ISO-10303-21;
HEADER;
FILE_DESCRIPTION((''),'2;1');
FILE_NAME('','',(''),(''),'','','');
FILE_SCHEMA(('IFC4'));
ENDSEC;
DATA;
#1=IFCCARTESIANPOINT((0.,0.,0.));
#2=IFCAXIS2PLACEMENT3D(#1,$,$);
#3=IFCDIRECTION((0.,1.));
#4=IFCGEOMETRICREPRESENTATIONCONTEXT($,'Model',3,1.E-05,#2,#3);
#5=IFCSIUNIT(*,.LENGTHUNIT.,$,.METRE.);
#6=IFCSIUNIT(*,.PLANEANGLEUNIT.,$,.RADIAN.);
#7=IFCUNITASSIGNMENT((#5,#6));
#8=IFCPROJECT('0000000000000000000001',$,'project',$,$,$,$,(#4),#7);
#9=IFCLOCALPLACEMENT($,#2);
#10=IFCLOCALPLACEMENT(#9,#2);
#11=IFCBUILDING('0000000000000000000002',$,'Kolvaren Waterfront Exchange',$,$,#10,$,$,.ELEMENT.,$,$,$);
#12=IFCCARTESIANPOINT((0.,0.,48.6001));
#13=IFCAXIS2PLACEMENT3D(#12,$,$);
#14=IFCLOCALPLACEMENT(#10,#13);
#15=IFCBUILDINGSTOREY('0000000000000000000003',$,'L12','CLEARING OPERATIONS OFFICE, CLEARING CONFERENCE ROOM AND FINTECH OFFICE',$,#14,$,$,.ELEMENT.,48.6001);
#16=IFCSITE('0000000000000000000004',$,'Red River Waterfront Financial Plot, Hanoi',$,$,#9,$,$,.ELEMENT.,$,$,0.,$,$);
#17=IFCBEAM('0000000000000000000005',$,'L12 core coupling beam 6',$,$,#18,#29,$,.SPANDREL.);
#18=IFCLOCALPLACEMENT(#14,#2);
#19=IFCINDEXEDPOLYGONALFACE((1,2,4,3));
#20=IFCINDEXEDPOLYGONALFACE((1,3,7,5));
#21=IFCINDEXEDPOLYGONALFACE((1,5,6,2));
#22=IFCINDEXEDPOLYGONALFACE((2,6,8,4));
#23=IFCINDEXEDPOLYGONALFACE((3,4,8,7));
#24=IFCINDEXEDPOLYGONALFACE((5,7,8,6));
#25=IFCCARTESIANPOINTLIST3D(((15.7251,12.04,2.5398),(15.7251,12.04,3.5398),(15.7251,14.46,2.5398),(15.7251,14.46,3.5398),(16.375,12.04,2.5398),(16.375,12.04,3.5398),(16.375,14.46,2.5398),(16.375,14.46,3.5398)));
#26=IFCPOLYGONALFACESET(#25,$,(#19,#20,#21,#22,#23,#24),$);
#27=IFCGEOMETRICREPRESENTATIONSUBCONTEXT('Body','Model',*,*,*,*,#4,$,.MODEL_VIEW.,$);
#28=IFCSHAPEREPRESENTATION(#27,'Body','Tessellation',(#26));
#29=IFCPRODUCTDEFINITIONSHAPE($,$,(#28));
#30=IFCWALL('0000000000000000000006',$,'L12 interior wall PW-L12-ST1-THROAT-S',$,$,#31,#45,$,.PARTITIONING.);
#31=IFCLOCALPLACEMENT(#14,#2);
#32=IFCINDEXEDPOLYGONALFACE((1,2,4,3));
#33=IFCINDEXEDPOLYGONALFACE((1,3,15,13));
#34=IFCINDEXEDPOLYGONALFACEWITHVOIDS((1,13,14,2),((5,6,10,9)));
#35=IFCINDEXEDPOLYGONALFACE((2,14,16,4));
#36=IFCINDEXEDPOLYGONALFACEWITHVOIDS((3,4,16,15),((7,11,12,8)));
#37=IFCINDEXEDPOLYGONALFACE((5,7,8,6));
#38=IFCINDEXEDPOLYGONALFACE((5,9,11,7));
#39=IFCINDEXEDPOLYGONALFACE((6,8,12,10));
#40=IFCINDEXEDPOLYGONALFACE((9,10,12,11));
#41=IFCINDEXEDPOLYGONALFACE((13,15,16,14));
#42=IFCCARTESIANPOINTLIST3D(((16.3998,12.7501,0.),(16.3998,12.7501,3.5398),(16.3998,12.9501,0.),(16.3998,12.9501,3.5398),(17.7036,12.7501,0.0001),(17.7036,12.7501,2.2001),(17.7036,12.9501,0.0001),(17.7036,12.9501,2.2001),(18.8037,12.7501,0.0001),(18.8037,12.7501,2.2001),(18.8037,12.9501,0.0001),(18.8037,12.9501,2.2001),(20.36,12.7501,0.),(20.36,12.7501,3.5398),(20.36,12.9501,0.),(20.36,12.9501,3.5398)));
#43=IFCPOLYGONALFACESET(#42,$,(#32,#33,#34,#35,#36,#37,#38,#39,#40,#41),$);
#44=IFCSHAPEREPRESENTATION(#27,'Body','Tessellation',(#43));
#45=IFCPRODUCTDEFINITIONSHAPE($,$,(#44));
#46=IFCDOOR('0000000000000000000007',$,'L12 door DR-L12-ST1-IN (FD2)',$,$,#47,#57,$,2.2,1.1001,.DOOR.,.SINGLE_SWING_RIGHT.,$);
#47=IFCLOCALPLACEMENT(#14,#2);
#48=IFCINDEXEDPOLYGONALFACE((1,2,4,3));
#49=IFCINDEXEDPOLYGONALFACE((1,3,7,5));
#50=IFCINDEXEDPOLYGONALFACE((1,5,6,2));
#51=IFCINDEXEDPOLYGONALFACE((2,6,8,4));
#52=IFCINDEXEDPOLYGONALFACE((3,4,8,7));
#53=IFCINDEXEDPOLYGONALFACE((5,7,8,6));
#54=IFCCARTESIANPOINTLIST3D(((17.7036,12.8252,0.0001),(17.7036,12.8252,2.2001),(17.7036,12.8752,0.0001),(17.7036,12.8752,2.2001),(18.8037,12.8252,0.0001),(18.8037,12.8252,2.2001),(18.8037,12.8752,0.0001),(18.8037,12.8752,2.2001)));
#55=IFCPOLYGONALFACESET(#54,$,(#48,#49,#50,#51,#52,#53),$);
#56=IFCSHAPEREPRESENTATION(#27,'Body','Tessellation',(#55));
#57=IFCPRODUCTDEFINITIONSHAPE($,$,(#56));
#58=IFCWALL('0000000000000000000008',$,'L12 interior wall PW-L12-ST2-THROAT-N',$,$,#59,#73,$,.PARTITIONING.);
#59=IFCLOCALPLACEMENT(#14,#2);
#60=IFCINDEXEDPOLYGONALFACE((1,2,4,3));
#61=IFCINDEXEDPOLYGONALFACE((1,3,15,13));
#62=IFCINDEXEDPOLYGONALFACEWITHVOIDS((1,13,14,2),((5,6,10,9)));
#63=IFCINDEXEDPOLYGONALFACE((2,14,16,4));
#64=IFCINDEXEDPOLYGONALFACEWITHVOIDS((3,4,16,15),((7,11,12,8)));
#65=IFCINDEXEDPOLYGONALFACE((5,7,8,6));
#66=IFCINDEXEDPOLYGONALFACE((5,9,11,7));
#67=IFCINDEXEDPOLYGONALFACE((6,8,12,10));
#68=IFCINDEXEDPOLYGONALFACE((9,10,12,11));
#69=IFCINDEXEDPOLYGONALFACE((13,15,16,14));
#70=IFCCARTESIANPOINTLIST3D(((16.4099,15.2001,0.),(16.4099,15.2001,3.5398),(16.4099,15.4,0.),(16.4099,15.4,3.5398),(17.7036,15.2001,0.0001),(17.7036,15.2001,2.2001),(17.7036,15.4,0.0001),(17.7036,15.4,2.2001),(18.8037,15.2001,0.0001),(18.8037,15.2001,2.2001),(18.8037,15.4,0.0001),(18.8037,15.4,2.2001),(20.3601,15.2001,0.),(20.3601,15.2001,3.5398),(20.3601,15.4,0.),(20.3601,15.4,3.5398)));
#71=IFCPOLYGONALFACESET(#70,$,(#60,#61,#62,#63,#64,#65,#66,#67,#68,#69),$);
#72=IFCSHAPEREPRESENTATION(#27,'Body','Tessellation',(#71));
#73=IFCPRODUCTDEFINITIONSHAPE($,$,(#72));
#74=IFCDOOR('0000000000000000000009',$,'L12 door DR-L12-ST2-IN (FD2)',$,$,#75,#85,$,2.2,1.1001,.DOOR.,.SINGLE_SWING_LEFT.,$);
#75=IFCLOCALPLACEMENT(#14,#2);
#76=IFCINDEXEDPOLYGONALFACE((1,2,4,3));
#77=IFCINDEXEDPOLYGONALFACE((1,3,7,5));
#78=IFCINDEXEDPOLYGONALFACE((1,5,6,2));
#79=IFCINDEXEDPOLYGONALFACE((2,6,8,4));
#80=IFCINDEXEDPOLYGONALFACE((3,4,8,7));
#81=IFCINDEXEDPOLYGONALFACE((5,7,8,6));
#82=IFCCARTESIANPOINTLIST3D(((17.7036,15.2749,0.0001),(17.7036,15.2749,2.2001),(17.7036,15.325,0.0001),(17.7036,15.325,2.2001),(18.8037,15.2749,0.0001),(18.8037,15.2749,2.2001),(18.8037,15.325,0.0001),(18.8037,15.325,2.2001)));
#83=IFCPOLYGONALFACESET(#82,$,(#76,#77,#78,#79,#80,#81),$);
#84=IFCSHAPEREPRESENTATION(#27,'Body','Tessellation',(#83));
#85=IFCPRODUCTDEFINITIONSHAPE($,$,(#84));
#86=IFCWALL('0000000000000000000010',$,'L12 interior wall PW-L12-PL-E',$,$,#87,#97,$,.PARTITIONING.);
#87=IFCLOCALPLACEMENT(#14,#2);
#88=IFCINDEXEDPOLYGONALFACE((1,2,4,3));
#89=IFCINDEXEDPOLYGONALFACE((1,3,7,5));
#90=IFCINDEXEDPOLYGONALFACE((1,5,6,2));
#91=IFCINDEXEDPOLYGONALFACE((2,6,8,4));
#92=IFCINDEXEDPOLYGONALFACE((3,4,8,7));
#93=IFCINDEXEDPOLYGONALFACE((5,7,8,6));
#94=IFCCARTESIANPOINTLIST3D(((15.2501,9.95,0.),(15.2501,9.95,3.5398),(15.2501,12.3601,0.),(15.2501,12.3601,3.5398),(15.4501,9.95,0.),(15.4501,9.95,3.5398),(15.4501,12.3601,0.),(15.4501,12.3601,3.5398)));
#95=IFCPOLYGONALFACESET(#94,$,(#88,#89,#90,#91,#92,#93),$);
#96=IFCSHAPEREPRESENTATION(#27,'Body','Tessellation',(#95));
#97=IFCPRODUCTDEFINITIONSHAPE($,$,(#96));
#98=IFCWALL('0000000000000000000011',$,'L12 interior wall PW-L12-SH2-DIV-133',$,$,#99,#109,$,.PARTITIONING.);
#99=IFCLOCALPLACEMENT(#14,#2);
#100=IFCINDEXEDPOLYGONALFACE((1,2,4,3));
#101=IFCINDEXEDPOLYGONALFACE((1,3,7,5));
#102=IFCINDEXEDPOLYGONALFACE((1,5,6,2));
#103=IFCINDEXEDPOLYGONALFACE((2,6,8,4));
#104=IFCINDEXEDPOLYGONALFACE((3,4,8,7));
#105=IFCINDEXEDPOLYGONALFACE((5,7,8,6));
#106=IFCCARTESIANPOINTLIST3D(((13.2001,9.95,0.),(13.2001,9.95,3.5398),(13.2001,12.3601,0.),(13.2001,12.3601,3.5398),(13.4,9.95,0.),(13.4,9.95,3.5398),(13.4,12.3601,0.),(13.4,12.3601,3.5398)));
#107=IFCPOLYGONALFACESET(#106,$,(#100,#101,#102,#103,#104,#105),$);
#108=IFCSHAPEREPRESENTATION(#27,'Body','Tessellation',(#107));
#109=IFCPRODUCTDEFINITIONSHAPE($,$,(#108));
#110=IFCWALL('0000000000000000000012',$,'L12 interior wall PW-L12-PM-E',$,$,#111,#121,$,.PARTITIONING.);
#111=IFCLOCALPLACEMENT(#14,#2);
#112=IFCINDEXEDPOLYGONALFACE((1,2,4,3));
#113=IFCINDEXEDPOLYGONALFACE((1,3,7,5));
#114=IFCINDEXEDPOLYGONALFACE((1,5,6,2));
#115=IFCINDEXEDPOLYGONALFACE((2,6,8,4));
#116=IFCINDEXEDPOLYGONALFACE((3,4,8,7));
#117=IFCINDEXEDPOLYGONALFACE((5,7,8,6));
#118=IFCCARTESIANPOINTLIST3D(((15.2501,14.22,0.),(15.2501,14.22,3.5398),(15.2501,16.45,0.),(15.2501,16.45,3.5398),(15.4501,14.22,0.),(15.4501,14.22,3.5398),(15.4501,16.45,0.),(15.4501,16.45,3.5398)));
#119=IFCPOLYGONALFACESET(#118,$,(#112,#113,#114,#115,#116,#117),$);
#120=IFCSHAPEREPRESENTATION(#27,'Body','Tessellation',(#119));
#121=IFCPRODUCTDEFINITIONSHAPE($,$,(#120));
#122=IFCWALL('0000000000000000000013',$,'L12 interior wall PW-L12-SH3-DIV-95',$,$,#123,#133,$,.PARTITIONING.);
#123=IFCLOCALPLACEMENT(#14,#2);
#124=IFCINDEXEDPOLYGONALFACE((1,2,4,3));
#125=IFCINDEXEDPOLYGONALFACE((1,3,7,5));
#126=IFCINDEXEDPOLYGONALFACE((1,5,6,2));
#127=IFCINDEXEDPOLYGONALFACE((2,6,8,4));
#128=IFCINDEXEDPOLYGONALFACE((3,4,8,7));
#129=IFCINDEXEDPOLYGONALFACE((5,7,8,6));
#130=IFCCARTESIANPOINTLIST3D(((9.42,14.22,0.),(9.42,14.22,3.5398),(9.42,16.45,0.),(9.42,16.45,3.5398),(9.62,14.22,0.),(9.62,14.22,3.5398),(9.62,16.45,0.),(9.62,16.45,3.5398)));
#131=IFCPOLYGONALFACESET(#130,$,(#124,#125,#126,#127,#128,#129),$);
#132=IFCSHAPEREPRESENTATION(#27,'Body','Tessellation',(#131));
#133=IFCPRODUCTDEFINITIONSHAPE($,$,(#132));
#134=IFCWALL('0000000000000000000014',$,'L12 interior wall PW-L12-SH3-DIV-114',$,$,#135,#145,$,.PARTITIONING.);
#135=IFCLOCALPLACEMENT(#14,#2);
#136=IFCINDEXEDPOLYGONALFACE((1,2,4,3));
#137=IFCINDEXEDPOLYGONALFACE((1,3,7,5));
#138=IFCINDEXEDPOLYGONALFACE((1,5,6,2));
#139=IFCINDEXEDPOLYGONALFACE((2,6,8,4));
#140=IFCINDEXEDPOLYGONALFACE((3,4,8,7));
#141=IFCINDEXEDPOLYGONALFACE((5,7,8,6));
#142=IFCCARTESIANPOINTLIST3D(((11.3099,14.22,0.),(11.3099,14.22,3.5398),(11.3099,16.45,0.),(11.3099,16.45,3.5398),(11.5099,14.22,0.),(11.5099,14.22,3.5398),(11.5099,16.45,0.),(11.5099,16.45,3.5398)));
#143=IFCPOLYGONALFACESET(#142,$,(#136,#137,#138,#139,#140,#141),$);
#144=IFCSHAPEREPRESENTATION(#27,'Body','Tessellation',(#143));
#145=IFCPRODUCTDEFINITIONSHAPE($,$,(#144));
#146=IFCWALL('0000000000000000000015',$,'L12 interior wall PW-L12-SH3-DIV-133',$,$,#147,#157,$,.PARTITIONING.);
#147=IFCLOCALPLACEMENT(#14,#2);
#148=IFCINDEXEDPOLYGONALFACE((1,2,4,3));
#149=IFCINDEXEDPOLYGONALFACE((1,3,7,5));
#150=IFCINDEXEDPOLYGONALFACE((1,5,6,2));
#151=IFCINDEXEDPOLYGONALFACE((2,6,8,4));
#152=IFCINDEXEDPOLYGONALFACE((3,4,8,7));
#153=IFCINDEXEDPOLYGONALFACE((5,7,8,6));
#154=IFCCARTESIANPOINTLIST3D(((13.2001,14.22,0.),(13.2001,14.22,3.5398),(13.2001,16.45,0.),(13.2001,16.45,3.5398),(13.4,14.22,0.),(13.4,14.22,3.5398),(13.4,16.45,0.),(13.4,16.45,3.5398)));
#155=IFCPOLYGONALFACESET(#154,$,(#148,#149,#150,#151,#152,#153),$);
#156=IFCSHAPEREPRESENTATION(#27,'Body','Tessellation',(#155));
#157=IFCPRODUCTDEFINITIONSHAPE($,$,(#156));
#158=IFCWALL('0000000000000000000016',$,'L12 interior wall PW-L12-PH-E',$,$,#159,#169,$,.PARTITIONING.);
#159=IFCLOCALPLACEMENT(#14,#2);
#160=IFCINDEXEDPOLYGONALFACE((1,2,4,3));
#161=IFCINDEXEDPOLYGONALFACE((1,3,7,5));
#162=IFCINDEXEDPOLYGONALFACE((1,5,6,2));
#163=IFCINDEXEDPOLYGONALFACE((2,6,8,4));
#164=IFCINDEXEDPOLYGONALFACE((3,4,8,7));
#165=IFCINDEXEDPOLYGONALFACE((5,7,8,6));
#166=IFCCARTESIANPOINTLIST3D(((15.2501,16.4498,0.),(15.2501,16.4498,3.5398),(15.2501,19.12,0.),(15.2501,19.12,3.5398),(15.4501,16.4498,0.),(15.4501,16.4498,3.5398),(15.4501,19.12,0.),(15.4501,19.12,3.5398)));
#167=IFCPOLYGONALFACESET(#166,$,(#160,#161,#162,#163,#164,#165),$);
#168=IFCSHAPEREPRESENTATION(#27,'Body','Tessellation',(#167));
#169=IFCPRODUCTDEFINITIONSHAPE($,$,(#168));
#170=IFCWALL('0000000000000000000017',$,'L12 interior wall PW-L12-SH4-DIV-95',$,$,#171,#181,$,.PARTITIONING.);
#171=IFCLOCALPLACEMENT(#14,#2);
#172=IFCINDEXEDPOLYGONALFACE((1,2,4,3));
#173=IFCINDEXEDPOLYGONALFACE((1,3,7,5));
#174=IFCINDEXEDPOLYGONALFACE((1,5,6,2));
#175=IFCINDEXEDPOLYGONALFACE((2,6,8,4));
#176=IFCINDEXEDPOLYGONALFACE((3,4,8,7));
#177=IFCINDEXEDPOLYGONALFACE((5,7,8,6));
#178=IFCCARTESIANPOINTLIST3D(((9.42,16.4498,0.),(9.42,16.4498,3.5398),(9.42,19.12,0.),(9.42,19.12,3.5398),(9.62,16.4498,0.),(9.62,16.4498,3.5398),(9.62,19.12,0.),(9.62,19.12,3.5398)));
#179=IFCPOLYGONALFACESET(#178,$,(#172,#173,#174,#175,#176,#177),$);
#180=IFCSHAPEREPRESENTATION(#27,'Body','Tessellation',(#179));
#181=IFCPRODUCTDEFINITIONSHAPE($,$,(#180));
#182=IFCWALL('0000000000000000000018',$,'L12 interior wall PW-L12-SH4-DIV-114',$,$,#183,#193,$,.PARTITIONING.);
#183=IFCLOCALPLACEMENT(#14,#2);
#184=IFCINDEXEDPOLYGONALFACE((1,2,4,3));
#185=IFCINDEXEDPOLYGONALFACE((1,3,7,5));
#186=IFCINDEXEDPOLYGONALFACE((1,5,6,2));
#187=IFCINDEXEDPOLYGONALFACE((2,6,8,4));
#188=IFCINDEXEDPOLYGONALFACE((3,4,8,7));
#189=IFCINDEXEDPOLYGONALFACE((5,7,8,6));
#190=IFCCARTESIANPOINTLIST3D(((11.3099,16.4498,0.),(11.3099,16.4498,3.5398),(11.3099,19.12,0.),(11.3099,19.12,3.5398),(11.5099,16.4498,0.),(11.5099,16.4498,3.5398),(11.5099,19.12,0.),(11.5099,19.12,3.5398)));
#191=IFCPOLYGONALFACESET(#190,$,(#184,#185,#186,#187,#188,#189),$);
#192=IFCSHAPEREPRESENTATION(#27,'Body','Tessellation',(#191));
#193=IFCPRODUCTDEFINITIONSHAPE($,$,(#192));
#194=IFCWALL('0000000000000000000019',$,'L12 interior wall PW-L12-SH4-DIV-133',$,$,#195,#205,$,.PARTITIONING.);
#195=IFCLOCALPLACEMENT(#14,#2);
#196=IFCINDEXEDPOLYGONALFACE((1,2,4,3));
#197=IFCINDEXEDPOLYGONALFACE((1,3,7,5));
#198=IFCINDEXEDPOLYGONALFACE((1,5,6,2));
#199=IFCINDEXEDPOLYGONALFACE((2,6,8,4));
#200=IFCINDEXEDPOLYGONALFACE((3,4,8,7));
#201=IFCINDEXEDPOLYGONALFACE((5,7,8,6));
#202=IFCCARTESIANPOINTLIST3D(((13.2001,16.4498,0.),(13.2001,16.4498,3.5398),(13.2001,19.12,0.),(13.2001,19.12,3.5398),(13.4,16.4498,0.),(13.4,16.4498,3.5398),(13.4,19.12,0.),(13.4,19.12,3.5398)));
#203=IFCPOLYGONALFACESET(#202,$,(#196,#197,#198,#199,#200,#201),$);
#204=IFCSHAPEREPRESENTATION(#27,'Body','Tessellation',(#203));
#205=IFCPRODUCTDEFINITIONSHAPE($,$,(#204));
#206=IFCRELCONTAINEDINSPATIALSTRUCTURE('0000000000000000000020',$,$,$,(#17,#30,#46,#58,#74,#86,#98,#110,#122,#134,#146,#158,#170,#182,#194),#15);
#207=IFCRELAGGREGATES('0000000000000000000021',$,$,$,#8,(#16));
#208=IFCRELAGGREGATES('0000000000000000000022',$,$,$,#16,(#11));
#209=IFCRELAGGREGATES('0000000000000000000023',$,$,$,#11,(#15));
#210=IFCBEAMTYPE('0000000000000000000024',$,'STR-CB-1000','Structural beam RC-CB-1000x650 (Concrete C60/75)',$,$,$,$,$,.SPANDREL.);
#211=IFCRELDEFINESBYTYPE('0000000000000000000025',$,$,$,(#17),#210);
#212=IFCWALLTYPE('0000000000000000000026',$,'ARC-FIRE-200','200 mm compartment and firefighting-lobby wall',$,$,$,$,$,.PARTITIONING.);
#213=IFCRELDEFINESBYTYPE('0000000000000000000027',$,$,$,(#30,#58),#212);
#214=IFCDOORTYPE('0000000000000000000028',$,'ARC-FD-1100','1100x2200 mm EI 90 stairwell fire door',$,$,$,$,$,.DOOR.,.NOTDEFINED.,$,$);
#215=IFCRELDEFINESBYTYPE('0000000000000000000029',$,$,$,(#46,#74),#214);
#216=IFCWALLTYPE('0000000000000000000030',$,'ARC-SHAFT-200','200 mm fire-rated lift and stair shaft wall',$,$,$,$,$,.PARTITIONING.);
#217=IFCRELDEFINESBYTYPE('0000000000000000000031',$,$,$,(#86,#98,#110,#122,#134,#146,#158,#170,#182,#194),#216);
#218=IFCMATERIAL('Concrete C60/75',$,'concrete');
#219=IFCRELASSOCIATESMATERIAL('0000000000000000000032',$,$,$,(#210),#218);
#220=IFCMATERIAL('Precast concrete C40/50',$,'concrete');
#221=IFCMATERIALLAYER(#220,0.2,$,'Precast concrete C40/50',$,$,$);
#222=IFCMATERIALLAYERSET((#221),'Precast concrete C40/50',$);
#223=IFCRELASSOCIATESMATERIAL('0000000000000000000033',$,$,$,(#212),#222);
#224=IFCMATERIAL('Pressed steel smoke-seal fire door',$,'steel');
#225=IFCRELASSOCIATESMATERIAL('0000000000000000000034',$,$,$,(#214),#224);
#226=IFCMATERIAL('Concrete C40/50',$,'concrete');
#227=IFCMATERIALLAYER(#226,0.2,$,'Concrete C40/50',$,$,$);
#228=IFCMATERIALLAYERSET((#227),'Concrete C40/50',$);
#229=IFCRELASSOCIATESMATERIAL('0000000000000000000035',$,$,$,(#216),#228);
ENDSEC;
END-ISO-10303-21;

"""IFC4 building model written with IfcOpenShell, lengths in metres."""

from ifc_helpers import new_model, si_unit, direction, frame, frame_2d, origin, origin_2d, place, context, subcontext, project, spatial, rectangle, extrude, material, layer, layer_set, material_profile, profile_set, type_object, element, fill, save


model = new_model("IFC4")

# Units and contexts
model_context = context("Model", 3, precision=1e-05, world=origin(), true_north=direction((0.0, 1.0)))
body_context = subcontext(model_context, "Body", "Model", "MODEL_VIEW")
ifc_project = project(units=[si_unit("LENGTHUNIT", "METRE"), si_unit("PLANEANGLEUNIT", "RADIAN")], contexts=[model_context])

# Site, building, storey
site_placement = place(None, origin())
site = spatial("IfcSite", under=ifc_project, at=site_placement, Name="Red River Waterfront Financial Plot, Hanoi", CompositionType="ELEMENT", RefElevation=0.0)
building_placement = place(site_placement, origin())
building = spatial("IfcBuilding", under=site, at=building_placement, Name="Kolvaren Waterfront Exchange", CompositionType="ELEMENT")
storey_placement = place(building_placement, frame((0.0, 0.0, 48.6001)))
storey = spatial("IfcBuildingStorey", under=building, at=storey_placement, Name="L12", Description="CLEARING OPERATIONS OFFICE, CLEARING CONFERENCE ROOM AND FINTECH OFFICE", CompositionType="ELEMENT", Elevation=48.6001)

# Beam
ifc_material_1 = material(Name="Concrete C60/75", Category="concrete")
ifc_material_profile = material_profile(ifc_material_1, rectangle(XDim=0.6499, YDim=1.0, at=origin_2d()), Name="RC-CB-1000x650")
ifc_profile_set = profile_set([ifc_material_profile], Name="Concrete C60/75")
beam_type = type_object("IfcBeamType", Name="STR-CB-1000", Description="Structural beam RC-CB-1000x650 (Concrete C60/75)", PredefinedType="SPANDREL", material=ifc_profile_set)
beam_placement = place(storey_placement, frame((16.05, 12.04, 3.0398), z_axis=(0.0, 1.0, 0.0), x_axis=(-1.0, 0.0, 0.0)))
element("IfcBeam", 1, at=beam_placement, inside=storey, type_object=beam_type, Name="L12 core coupling beam 6", PredefinedType="SPANDREL", context=body_context, shape_type="SweptSolid", body=[
    extrude(rectangle(XDim=0.6499, YDim=1.0, at=origin_2d()), origin(), (0.0, 0.0, 1.0), 2.4199),
])

# Walls, openings, doors
ifc_material_2 = material(Name="Precast concrete C40/50", Category="concrete")
ifc_layer_1 = layer(ifc_material_2, 0.2, Name="Precast concrete C40/50")
ifc_layer_set_1 = layer_set([ifc_layer_1], Name="Precast concrete C40/50")
wall_type_1 = type_object("IfcWallType", Name="ARC-FIRE-200", Description="200 mm compartment and firefighting-lobby wall", PredefinedType="PARTITIONING", material=ifc_layer_set_1)
wall_1_placement = place(storey_placement, frame((16.3999, 12.8501, 0.0), z_axis=(0.0, 0.0, 1.0), x_axis=(1.0, 0.0, 0.0)))
wall_1 = element("IfcWall", 2, at=wall_1_placement, inside=storey, type_object=wall_type_1, Name="L12 interior wall PW-L12-ST1-THROAT-S", PredefinedType="PARTITIONING", context=body_context, shape_type="SweptSolid", body=[
    extrude(rectangle(XDim=3.9602, YDim=0.2, at=frame_2d((1.98, 0.0))), origin(), (0.0, 0.0, 1.0), 3.5398),
])
opening_1_placement = place(wall_1_placement, frame((1.3037, 0.0, 0.0)))
opening_1 = element("IfcOpeningElement", 3, at=opening_1_placement, cuts=wall_1, PredefinedType="OPENING", context=body_context, shape_type="SweptSolid", body=[
    extrude(rectangle(XDim=1.1001, YDim=2.2, at=frame_2d((0.55, 1.1001))), frame((0.0, 0.1099, 0.0), z_axis=(0.0, -1.0, 0.0), x_axis=(1.0, 0.0, 0.0)), (0.0, 0.0, 1.0), 0.22),
])
ifc_material_3 = material(Name="Pressed steel smoke-seal fire door", Category="steel")
door_type = type_object("IfcDoorType", Name="ARC-FD-1100", Description="1100x2200 mm EI 90 stairwell fire door", OperationType="NOTDEFINED", PredefinedType="DOOR", material=ifc_material_3)
door_1_placement = place(opening_1_placement, frame((1.1001, 0.0, 0.0), z_axis=(0.0, 0.0, 1.0), x_axis=(-1.0, 0.0, 0.0)))
door_1 = element("IfcDoor", 4, at=door_1_placement, inside=storey, type_object=door_type, Name="L12 door DR-L12-ST1-IN (FD2)", OperationType="SINGLE_SWING_RIGHT", OverallHeight=2.2, OverallWidth=1.1001, PredefinedType="DOOR", context=body_context, shape_type="SweptSolid", body=[
    extrude(rectangle(XDim=1.1001, YDim=2.2, at=frame_2d((0.55, 1.1001))), frame((0.0, 0.0249, 0.0), z_axis=(0.0, -1.0, 0.0), x_axis=(1.0, 0.0, 0.0)), (0.0, 0.0, 1.0), 0.05),
])
fill(opening_1, door_1)
wall_2_placement = place(storey_placement, frame((16.4099, 15.3, 0.0), z_axis=(0.0, 0.0, 1.0), x_axis=(1.0, 0.0, 0.0)))
wall_2 = element("IfcWall", 5, at=wall_2_placement, inside=storey, type_object=wall_type_1, Name="L12 interior wall PW-L12-ST2-THROAT-N", PredefinedType="PARTITIONING", context=body_context, shape_type="SweptSolid", body=[
    extrude(rectangle(XDim=3.9502, YDim=0.2, at=frame_2d((1.9751, 0.0))), origin(), (0.0, 0.0, 1.0), 3.5398),
])
opening_2_placement = place(wall_2_placement, frame((1.2937, 0.0, 0.0)))
opening_2 = element("IfcOpeningElement", 6, at=opening_2_placement, cuts=wall_2, PredefinedType="OPENING", context=body_context, shape_type="SweptSolid", body=[
    extrude(rectangle(XDim=1.1001, YDim=2.2, at=frame_2d((0.55, 1.1001))), frame((0.0, 0.1099, 0.0), z_axis=(0.0, -1.0, 0.0), x_axis=(1.0, 0.0, 0.0)), (0.0, 0.0, 1.0), 0.22),
])
door_2_placement = place(opening_2_placement, origin())
door_2 = element("IfcDoor", 7, at=door_2_placement, inside=storey, type_object=door_type, Name="L12 door DR-L12-ST2-IN (FD2)", OperationType="SINGLE_SWING_LEFT", OverallHeight=2.2, OverallWidth=1.1001, PredefinedType="DOOR", context=body_context, shape_type="SweptSolid", body=[
    extrude(rectangle(XDim=1.1001, YDim=2.2, at=frame_2d((0.55, 1.1001))), frame((0.0, 0.0249, 0.0), z_axis=(0.0, -1.0, 0.0), x_axis=(1.0, 0.0, 0.0)), (0.0, 0.0, 1.0), 0.05),
])
fill(opening_2, door_2)

# Walls
ifc_material_4 = material(Name="Concrete C40/50", Category="concrete")
ifc_layer_2 = layer(ifc_material_4, 0.2, Name="Concrete C40/50")
ifc_layer_set_2 = layer_set([ifc_layer_2], Name="Concrete C40/50")
wall_type_2 = type_object("IfcWallType", Name="ARC-SHAFT-200", Description="200 mm fire-rated lift and stair shaft wall", PredefinedType="PARTITIONING", material=ifc_layer_set_2)
for number, where, z_axis, x_axis, name in (
    (8, (15.3501, 9.95, 0.0), (0.0, 0.0, 1.0), (0.0, 1.0, 0.0), "L12 interior wall PW-L12-PL-E"),
    (9, (13.3, 9.95, 0.0), (0.0, 0.0, 1.0), (0.0, 1.0, 0.0), "L12 interior wall PW-L12-SH2-DIV-133"),
):
    element("IfcWall", number, at=place(storey_placement, frame(where, z_axis=z_axis, x_axis=x_axis)), inside=storey, type_object=wall_type_2, Name=name, PredefinedType="PARTITIONING", context=body_context, shape_type="SweptSolid", body=[
        extrude(rectangle(XDim=2.4102, YDim=0.2, at=frame_2d((1.2051, 0.0))), origin(), (0.0, 0.0, 1.0), 3.5398),
    ])
for number, where, z_axis, x_axis, name in (
    (10, (15.3501, 14.22, 0.0), (0.0, 0.0, 1.0), (0.0, 1.0, 0.0), "L12 interior wall PW-L12-PM-E"),
    (11, (9.52, 14.22, 0.0), (0.0, 0.0, 1.0), (0.0, 1.0, 0.0), "L12 interior wall PW-L12-SH3-DIV-95"),
    (12, (11.4099, 14.22, 0.0), (0.0, 0.0, 1.0), (0.0, 1.0, 0.0), "L12 interior wall PW-L12-SH3-DIV-114"),
    (13, (13.3, 14.22, 0.0), (0.0, 0.0, 1.0), (0.0, 1.0, 0.0), "L12 interior wall PW-L12-SH3-DIV-133"),
):
    element("IfcWall", number, at=place(storey_placement, frame(where, z_axis=z_axis, x_axis=x_axis)), inside=storey, type_object=wall_type_2, Name=name, PredefinedType="PARTITIONING", context=body_context, shape_type="SweptSolid", body=[
        extrude(rectangle(XDim=2.23, YDim=0.2, at=frame_2d((1.115, 0.0))), origin(), (0.0, 0.0, 1.0), 3.5398),
    ])
for number, where, z_axis, x_axis, name in (
    (14, (15.3501, 16.45, 0.0), (0.0, 0.0, 1.0), (0.0, 1.0, 0.0), "L12 interior wall PW-L12-PH-E"),
    (15, (9.52, 16.45, 0.0), (0.0, 0.0, 1.0), (0.0, 1.0, 0.0), "L12 interior wall PW-L12-SH4-DIV-95"),
    (16, (11.4099, 16.45, 0.0), (0.0, 0.0, 1.0), (0.0, 1.0, 0.0), "L12 interior wall PW-L12-SH4-DIV-114"),
    (17, (13.3, 16.45, 0.0), (0.0, 0.0, 1.0), (0.0, 1.0, 0.0), "L12 interior wall PW-L12-SH4-DIV-133"),
):
    element("IfcWall", number, at=place(storey_placement, frame(where, z_axis=z_axis, x_axis=x_axis)), inside=storey, type_object=wall_type_2, Name=name, PredefinedType="PARTITIONING", context=body_context, shape_type="SweptSolid", body=[
        extrude(rectangle(XDim=2.6702, YDim=0.2, at=frame_2d((1.335, 0.0))), origin(), (0.0, 0.0, 1.0), 3.5398),
    ])

save(model, "model.ifc")
